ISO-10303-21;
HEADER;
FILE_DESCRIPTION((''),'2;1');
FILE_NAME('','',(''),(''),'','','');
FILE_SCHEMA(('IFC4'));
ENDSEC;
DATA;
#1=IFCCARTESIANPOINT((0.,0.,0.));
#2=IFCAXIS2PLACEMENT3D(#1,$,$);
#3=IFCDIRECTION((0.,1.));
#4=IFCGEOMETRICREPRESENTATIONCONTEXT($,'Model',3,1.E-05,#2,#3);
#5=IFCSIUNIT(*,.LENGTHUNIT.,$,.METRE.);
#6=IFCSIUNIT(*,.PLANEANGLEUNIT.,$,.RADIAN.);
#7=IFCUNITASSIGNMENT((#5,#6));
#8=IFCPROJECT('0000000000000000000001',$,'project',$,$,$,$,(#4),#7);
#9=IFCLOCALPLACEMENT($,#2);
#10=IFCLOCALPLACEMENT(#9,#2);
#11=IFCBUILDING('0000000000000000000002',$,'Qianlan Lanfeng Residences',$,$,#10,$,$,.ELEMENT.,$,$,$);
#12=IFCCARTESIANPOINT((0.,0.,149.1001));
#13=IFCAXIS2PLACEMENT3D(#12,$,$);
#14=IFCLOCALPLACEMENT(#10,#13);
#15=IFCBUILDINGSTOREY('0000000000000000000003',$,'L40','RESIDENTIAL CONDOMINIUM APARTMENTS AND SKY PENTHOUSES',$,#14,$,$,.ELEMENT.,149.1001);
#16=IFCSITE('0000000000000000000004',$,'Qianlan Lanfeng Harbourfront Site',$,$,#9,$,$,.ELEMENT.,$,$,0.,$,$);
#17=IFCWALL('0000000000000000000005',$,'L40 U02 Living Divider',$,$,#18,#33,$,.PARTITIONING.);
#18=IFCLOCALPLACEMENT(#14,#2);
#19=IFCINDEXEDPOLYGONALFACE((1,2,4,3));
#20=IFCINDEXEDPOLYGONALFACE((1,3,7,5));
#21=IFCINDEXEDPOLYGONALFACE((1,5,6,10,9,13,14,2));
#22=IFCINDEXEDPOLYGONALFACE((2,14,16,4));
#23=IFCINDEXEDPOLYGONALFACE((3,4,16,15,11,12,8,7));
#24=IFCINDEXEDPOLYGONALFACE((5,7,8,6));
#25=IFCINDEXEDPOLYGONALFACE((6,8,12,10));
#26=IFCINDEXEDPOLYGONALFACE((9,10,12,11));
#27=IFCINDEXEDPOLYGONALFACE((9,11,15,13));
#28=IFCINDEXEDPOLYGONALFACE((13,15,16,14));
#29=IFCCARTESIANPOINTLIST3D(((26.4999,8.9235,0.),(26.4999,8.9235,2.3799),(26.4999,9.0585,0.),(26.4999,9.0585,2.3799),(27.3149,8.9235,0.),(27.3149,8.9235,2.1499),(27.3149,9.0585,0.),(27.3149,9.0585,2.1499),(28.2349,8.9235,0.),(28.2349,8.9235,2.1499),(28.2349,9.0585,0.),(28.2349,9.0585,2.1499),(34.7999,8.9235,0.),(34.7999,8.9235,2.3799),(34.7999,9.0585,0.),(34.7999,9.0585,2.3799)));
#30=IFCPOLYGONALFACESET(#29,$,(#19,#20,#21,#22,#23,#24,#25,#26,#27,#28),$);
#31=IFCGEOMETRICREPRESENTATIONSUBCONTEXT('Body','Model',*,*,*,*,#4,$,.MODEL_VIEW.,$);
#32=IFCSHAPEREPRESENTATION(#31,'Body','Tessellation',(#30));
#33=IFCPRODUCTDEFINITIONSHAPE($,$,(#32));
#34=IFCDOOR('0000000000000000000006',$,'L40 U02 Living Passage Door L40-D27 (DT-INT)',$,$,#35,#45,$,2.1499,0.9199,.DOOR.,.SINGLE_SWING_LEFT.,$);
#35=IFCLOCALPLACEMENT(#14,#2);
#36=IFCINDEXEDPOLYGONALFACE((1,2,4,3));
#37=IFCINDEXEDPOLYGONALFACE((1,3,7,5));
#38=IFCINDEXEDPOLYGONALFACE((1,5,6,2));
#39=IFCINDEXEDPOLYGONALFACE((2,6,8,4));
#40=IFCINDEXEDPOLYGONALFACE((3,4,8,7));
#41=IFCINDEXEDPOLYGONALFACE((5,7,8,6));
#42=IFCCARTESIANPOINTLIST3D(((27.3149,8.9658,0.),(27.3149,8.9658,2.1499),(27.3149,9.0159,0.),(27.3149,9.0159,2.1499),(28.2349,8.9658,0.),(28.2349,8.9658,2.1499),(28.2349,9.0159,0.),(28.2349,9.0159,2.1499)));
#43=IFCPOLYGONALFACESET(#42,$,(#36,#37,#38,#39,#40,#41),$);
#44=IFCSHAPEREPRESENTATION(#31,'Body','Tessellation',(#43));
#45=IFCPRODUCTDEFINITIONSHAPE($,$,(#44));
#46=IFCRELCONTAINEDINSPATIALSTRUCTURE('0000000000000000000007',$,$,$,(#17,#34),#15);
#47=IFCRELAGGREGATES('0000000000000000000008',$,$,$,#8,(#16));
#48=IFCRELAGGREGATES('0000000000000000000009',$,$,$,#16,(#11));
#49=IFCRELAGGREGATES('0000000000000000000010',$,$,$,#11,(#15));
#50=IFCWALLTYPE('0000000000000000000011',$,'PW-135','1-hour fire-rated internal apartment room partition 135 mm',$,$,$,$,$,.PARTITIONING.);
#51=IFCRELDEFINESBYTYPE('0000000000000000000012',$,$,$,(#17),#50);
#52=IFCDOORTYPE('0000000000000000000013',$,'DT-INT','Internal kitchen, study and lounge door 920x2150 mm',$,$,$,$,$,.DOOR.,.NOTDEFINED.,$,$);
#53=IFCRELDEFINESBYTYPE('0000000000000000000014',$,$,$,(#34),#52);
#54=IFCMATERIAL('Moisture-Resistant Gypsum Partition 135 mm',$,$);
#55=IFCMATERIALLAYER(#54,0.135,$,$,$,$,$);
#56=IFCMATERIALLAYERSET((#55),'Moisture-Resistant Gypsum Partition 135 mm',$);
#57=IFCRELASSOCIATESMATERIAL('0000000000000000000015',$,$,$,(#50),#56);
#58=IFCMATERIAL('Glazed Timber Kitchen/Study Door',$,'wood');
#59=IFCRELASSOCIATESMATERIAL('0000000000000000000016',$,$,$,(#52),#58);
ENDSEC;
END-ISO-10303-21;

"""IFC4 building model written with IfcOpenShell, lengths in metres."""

from ifc_helpers import new_model, si_unit, direction, frame, frame_2d, origin, place, context, subcontext, project, spatial, rectangle, extrude, material, layer, layer_set, type_object, element, fill, save


model = new_model("IFC4")

# Units and contexts
model_context = context("Model", 3, precision=1e-05, world=origin(), true_north=direction((0.0, 1.0)))
body_context = subcontext(model_context, "Body", "Model", "MODEL_VIEW")
ifc_project = project(units=[si_unit("LENGTHUNIT", "METRE"), si_unit("PLANEANGLEUNIT", "RADIAN")], contexts=[model_context])

# Site, building, storey
site_placement = place(None, origin())
site = spatial("IfcSite", under=ifc_project, at=site_placement, Name="Qianlan Lanfeng Harbourfront Site", CompositionType="ELEMENT", RefElevation=0.0)
building_placement = place(site_placement, origin())
building = spatial("IfcBuilding", under=site, at=building_placement, Name="Qianlan Lanfeng Residences", CompositionType="ELEMENT")
storey_placement = place(building_placement, frame((0.0, 0.0, 149.1001)))
storey = spatial("IfcBuildingStorey", under=building, at=storey_placement, Name="L40", Description="RESIDENTIAL CONDOMINIUM APARTMENTS AND SKY PENTHOUSES", CompositionType="ELEMENT", Elevation=149.1001)

# Shared definitions
ifc_material_1 = material(Name="Moisture-Resistant Gypsum Partition 135 mm")
ifc_layer = layer(ifc_material_1, 0.135)
ifc_layer_set = layer_set([ifc_layer], Name="Moisture-Resistant Gypsum Partition 135 mm")
wall_type = type_object("IfcWallType", Name="PW-135", Description="1-hour fire-rated internal apartment room partition 135 mm", PredefinedType="PARTITIONING", material=ifc_layer_set)
ifc_material_2 = material(Name="Glazed Timber Kitchen/Study Door", Category="wood")
door_type_1 = type_object("IfcDoorType", Name="DT-INT", Description="Internal kitchen, study and lounge door 920x2150 mm", OperationType="NOTDEFINED", PredefinedType="DOOR", material=ifc_material_2)

# Wall, opening, door
wall_1_placement = place(storey_placement, frame((26.5, 8.991, 0.0), z_axis=(0.0, 0.0, 1.0), x_axis=(1.0, 0.0, 0.0)))
wall_1 = element("IfcWall", 1, at=wall_1_placement, inside=storey, type_object=wall_type, Name="L40 U02 Living Divider", PredefinedType="PARTITIONING", context=body_context, shape_type="SweptSolid", body=[
    extrude(rectangle(XDim=8.3, YDim=0.135, at=frame_2d((4.1499, 0.0))), origin(), (0.0, 0.0, 1.0), 2.3799),
])
opening_1_placement = place(wall_1_placement, frame((0.8149, 0.0, 0.0)))
opening_1 = element("IfcOpeningElement", 2, at=opening_1_placement, cuts=wall_1, PredefinedType="OPENING", context=body_context, shape_type="SweptSolid", body=[
    extrude(rectangle(XDim=0.9199, YDim=2.1499, at=frame_2d((0.46, 1.075))), frame((0.0, 0.0776, 0.0), z_axis=(0.0, -1.0, 0.0), x_axis=(1.0, 0.0, 0.0)), (0.0, 0.0, 1.0), 0.155),
])
door_1_placement = place(opening_1_placement, origin())
door_1 = element("IfcDoor", 3, at=door_1_placement, inside=storey, type_object=door_type_1, Name="L40 U02 Living Passage Door L40-D27 (DT-INT)", OperationType="SINGLE_SWING_LEFT", OverallHeight=2.1499, OverallWidth=0.9199, PredefinedType="DOOR", context=body_context, shape_type="SweptSolid", body=[
    extrude(rectangle(XDim=0.9199, YDim=2.1499, at=frame_2d((0.46, 1.075))), frame((0.0, 0.0249, 0.0), z_axis=(0.0, -1.0, 0.0), x_axis=(1.0, 0.0, 0.0)), (0.0, 0.0, 1.0), 0.05),
])
fill(opening_1, door_1)

save(model, "model.ifc")
